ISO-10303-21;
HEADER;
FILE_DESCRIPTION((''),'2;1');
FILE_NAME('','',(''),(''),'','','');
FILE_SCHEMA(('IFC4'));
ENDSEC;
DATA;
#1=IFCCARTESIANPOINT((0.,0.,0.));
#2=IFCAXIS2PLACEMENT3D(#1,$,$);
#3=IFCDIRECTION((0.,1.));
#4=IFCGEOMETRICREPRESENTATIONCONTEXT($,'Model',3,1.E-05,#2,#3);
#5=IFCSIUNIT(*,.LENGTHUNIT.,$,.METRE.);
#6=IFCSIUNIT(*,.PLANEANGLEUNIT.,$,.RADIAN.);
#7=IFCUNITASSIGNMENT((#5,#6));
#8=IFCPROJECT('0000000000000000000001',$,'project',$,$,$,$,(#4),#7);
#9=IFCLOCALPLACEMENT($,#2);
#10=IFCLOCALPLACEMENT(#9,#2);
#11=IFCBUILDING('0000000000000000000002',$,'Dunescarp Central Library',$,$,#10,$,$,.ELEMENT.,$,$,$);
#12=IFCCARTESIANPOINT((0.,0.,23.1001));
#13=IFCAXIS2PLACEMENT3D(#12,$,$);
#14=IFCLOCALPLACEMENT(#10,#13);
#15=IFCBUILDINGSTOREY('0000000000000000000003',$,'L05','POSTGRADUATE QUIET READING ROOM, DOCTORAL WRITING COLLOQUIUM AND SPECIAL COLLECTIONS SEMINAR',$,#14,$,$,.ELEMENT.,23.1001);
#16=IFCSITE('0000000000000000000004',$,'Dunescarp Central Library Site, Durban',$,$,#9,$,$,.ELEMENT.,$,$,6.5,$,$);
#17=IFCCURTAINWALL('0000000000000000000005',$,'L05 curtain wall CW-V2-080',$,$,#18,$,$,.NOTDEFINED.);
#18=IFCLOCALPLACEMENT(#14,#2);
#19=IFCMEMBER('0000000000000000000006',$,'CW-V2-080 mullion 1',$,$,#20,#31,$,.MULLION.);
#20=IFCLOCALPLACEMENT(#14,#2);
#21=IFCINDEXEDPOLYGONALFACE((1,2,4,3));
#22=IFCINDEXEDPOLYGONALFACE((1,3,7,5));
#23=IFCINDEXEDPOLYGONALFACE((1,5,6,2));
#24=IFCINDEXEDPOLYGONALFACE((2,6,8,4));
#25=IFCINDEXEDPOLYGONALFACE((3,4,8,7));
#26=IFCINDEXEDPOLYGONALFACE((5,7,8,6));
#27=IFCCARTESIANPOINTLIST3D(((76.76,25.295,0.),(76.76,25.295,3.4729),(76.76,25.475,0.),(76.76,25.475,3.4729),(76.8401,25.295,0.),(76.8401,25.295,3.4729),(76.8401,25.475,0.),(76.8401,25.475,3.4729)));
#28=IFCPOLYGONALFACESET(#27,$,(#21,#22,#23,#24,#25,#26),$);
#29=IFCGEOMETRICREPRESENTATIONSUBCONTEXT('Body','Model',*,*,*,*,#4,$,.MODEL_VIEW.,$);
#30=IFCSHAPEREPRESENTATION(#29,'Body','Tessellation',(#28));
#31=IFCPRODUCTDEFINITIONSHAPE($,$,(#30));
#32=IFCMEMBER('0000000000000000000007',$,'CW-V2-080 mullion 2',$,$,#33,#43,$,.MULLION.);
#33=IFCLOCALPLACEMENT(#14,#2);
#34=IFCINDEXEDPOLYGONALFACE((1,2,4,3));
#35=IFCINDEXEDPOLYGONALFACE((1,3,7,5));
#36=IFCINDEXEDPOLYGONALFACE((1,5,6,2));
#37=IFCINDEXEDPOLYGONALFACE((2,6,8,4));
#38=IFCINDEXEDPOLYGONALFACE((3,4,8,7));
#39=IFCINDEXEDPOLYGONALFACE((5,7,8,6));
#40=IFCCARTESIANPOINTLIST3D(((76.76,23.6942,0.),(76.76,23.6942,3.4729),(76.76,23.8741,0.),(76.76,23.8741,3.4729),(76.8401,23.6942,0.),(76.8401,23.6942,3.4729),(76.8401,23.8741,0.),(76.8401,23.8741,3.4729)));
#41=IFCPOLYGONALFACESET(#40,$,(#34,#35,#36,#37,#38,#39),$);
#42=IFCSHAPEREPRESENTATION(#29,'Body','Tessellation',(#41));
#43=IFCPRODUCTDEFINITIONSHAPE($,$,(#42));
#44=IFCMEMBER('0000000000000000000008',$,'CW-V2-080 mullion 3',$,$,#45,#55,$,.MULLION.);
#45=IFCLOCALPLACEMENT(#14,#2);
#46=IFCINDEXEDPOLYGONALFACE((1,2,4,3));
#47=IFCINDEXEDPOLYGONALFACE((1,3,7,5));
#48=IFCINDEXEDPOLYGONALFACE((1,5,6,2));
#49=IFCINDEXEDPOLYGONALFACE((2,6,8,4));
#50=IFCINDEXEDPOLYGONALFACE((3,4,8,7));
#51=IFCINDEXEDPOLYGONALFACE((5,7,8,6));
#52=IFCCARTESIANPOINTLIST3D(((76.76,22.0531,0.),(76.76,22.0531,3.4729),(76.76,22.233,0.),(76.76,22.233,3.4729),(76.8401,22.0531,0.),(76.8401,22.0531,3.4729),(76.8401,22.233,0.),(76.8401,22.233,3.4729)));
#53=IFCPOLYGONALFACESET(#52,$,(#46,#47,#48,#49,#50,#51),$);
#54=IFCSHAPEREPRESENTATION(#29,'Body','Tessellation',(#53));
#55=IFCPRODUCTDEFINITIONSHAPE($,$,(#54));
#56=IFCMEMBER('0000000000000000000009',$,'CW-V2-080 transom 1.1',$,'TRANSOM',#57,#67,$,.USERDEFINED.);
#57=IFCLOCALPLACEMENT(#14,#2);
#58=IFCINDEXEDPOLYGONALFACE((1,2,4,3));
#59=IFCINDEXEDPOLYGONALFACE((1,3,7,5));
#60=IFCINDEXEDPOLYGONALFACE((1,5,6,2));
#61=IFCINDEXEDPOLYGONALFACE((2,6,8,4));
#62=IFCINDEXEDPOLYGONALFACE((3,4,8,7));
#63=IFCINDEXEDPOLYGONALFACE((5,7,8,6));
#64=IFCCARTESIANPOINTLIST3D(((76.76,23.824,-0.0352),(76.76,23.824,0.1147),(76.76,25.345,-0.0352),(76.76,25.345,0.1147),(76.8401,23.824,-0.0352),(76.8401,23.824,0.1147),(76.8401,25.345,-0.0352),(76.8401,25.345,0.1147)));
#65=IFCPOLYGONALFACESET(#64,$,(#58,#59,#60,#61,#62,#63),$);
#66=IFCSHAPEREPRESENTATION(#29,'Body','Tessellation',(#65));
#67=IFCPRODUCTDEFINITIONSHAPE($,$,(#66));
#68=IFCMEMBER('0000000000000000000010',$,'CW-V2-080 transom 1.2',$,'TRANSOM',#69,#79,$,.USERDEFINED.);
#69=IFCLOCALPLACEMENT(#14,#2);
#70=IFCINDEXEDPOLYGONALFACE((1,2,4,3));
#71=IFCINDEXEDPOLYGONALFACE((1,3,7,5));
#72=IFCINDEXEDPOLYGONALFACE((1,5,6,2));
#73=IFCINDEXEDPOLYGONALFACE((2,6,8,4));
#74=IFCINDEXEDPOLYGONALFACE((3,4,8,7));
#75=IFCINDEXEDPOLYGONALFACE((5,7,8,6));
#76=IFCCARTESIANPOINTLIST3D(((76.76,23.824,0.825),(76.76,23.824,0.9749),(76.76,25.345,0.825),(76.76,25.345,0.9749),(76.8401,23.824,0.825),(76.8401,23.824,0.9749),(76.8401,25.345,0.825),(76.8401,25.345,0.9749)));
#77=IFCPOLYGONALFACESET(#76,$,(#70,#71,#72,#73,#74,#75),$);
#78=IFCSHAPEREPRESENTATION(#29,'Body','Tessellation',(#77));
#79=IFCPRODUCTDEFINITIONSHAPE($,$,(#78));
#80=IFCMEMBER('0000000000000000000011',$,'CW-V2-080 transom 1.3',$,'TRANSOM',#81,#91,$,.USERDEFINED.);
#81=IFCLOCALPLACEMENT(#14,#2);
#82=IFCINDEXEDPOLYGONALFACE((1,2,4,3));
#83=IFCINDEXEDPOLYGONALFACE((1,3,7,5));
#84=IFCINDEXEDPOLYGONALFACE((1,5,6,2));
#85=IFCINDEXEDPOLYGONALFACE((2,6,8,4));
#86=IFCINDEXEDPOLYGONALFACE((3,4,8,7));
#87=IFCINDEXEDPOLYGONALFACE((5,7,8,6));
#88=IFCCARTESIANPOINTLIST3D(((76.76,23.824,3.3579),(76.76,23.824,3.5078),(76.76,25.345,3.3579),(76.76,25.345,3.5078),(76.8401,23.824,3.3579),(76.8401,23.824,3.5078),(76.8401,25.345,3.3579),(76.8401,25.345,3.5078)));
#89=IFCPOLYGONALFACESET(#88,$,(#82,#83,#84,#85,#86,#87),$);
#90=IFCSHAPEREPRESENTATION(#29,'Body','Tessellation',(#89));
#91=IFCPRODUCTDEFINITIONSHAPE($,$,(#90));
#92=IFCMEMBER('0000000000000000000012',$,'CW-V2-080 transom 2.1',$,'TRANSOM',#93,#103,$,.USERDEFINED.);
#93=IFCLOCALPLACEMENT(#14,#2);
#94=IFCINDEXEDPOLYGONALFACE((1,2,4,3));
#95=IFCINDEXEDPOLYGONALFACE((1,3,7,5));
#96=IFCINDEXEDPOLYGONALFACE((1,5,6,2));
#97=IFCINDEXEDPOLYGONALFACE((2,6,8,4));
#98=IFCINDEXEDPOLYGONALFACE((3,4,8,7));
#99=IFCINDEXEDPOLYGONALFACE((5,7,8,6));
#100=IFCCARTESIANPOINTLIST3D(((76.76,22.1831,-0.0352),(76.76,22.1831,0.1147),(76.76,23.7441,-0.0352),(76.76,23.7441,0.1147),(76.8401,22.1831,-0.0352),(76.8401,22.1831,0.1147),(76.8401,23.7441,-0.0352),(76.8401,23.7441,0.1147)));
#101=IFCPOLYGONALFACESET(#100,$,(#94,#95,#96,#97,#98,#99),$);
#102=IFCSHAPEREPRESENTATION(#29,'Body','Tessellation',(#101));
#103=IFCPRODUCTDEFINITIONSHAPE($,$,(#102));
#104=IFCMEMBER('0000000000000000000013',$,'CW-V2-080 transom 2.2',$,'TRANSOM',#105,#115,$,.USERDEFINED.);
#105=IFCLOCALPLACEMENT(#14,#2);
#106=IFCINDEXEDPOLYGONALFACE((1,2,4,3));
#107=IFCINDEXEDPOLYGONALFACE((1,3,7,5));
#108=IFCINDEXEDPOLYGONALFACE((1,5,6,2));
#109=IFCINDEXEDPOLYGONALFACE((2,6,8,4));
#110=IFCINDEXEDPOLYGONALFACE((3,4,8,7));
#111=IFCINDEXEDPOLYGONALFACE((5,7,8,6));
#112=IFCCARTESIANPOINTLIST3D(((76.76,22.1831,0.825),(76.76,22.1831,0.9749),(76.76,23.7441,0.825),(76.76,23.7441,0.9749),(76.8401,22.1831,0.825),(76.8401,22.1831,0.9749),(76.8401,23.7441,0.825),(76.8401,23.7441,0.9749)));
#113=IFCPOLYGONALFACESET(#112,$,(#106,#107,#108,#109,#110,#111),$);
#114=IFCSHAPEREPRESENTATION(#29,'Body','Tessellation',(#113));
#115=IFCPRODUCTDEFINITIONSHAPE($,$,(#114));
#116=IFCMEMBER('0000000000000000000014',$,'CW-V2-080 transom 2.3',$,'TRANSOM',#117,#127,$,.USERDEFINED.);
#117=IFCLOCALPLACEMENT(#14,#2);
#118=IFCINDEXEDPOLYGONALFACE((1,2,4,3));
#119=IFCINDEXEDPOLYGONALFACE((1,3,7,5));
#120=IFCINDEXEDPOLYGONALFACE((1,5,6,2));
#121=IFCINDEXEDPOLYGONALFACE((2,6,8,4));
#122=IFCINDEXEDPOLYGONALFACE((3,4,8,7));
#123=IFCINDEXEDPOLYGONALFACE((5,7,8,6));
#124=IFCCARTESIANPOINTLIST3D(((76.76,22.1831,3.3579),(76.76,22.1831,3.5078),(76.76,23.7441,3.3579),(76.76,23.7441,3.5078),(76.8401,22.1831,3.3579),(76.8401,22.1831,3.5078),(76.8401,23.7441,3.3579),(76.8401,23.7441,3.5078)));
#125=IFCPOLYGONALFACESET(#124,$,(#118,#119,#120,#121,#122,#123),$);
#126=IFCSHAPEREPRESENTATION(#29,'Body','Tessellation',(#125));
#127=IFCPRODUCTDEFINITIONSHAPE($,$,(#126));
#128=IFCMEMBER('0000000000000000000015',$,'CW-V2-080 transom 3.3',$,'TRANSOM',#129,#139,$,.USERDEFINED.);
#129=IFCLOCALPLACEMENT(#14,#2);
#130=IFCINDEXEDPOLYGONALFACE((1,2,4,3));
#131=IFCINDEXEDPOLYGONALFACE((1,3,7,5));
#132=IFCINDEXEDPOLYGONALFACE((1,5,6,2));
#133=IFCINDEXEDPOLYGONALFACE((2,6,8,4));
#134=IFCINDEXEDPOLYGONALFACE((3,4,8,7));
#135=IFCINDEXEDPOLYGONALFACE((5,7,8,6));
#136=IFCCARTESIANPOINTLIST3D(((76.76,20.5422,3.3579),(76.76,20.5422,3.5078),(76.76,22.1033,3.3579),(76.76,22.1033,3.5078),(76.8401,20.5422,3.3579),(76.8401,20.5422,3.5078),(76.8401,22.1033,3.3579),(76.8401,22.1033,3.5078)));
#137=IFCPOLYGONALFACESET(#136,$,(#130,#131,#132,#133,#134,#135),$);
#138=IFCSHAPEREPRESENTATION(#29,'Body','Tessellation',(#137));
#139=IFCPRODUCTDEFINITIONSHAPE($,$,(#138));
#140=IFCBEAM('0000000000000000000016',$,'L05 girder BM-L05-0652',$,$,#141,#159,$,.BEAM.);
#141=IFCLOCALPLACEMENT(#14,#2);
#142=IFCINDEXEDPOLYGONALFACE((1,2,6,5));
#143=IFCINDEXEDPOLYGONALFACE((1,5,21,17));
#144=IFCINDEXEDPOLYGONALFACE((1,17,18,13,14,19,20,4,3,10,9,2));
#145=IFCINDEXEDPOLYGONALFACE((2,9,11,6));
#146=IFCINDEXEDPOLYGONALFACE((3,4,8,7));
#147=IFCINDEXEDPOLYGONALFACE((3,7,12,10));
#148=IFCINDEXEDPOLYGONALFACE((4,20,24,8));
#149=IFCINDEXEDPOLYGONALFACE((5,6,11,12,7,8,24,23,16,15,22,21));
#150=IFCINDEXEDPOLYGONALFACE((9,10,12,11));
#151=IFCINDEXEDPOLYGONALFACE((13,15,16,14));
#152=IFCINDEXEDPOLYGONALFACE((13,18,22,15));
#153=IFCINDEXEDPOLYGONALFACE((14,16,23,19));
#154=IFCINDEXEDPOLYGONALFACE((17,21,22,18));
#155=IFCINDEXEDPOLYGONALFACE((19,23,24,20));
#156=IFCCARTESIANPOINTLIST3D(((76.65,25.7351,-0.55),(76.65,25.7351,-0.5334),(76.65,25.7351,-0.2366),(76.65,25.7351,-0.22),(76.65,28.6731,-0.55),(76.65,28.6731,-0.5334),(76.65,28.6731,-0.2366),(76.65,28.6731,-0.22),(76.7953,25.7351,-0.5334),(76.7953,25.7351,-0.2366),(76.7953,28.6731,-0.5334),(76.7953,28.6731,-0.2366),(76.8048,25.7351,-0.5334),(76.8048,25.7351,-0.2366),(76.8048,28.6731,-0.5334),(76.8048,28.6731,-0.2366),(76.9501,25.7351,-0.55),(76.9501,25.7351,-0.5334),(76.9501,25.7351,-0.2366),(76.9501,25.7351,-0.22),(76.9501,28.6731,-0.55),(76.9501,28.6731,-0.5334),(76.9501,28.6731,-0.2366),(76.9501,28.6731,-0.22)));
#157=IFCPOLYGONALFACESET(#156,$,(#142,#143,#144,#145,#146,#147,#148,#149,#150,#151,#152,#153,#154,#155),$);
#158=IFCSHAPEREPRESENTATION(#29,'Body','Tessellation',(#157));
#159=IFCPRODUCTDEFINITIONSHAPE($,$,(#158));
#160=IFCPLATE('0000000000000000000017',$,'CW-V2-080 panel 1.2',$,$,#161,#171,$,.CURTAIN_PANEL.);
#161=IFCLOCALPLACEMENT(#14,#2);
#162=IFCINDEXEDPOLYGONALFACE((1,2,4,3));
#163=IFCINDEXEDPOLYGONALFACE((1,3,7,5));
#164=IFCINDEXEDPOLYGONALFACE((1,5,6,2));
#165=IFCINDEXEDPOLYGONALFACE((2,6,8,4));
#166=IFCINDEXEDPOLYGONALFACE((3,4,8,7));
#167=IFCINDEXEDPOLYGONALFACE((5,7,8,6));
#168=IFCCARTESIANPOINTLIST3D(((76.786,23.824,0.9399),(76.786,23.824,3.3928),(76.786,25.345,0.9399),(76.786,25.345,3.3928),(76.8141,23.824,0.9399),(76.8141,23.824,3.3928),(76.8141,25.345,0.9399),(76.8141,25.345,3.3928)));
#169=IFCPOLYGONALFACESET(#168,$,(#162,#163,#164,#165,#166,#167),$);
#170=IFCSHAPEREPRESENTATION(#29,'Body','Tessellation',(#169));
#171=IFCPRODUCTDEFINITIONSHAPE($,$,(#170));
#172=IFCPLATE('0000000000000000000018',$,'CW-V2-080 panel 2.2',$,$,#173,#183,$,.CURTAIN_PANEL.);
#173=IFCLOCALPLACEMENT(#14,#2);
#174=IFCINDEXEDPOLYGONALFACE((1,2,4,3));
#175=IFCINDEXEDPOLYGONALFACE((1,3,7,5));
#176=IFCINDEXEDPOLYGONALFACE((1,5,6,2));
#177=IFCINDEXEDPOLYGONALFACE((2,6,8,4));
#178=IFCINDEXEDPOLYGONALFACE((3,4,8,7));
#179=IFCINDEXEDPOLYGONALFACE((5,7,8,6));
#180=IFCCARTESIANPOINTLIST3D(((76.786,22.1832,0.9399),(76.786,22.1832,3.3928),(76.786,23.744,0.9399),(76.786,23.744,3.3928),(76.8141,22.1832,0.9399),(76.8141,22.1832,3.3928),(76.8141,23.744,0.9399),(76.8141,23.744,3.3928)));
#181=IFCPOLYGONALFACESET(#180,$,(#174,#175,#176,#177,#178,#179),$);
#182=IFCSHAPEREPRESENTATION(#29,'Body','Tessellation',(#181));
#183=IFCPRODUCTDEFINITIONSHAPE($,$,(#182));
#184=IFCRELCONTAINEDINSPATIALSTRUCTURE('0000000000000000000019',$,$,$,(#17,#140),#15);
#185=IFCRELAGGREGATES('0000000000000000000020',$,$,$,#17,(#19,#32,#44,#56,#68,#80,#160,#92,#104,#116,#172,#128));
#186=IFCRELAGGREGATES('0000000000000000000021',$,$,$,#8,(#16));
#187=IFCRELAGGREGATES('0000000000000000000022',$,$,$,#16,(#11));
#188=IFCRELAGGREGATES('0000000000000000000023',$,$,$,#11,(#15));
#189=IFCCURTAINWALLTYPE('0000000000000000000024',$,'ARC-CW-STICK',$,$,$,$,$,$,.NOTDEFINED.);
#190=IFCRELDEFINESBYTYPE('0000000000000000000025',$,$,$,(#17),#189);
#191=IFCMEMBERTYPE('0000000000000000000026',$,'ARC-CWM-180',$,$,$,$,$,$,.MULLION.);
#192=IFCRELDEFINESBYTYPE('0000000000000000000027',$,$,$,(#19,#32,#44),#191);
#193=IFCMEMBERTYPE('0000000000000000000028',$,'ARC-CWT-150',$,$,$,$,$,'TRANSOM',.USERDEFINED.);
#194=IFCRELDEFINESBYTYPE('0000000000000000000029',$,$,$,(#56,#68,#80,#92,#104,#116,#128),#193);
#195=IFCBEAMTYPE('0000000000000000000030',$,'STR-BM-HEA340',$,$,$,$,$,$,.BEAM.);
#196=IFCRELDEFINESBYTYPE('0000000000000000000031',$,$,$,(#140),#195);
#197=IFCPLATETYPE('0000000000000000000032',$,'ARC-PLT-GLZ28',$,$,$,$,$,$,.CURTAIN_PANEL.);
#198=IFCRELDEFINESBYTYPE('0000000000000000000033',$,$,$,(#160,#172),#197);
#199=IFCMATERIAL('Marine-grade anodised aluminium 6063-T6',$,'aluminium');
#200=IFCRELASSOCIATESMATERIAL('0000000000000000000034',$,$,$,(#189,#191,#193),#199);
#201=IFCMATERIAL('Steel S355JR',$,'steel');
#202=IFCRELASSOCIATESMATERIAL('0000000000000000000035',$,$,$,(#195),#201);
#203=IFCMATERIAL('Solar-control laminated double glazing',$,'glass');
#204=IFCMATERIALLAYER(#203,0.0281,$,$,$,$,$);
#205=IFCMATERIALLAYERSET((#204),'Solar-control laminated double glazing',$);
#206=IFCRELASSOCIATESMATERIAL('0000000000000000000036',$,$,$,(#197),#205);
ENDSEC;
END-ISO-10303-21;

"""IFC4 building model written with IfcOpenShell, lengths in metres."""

from ifc_helpers import new_model, si_unit, direction, frame, origin, origin_2d, place, context, subcontext, project, spatial, rectangle, i_section, extrude, material, layer, layer_set, material_profile, profile_set, type_object, element, aggregate, save


model = new_model("IFC4")

# Units and contexts
model_context = context("Model", 3, precision=1e-05, world=origin(), true_north=direction((0.0, 1.0)))
body_context = subcontext(model_context, "Body", "Model", "MODEL_VIEW")
ifc_project = project(units=[si_unit("LENGTHUNIT", "METRE"), si_unit("PLANEANGLEUNIT", "RADIAN")], contexts=[model_context])

# Site, building, storey
site_placement = place(None, origin())
site = spatial("IfcSite", under=ifc_project, at=site_placement, Name="Dunescarp Central Library Site, Durban", CompositionType="ELEMENT", RefElevation=6.5)
building_placement = place(site_placement, origin())
building = spatial("IfcBuilding", under=site, at=building_placement, Name="Dunescarp Central Library", CompositionType="ELEMENT")
storey_placement = place(building_placement, frame((0.0, 0.0, 23.1001)))
storey = spatial("IfcBuildingStorey", under=building, at=storey_placement, Name="L05", Description="POSTGRADUATE QUIET READING ROOM, DOCTORAL WRITING COLLOQUIUM AND SPECIAL COLLECTIONS SEMINAR", CompositionType="ELEMENT", Elevation=23.1001)

# Curtain wall, members
ifc_material_1 = material(Name="Marine-grade anodised aluminium 6063-T6", Category="aluminium")
curtain_wall_type = type_object("IfcCurtainWallType", Name="ARC-CW-STICK", PredefinedType="NOTDEFINED", material=ifc_material_1)
curtain_wall_placement = place(storey_placement, origin())
curtain_wall = element("IfcCurtainWall", 1, at=curtain_wall_placement, inside=storey, type_object=curtain_wall_type, Name="L05 curtain wall CW-V2-080", PredefinedType="NOTDEFINED")
ifc_material_profile_1 = material_profile(ifc_material_1, rectangle(XDim=0.0801, YDim=0.1799, at=origin_2d()), Name="AL 80x180")
ifc_profile_set_1 = profile_set([ifc_material_profile_1], Name="Marine-grade anodised aluminium 6063-T6")
member_type_1 = type_object("IfcMemberType", Name="ARC-CWM-180", PredefinedType="MULLION", material=ifc_profile_set_1)
member_1_placement = place(storey_placement, frame((76.8, 25.385, 0.0), z_axis=(0.0, 0.0, 1.0), x_axis=(1.0, 0.0, 0.0)))
member_1 = element("IfcMember", 2, at=member_1_placement, type_object=member_type_1, Name="CW-V2-080 mullion 1", PredefinedType="MULLION", context=body_context, shape_type="SweptSolid", body=[
    extrude(rectangle(XDim=0.0801, YDim=0.1799, at=origin_2d()), origin(), (0.0, 0.0, 1.0), 3.4729),
])
member_2_placement = place(storey_placement, frame((76.8, 23.7842, 0.0), z_axis=(0.0, 0.0, 1.0), x_axis=(1.0, 0.0, 0.0)))
member_2 = element("IfcMember", 3, at=member_2_placement, type_object=member_type_1, Name="CW-V2-080 mullion 2", PredefinedType="MULLION", context=body_context, shape_type="SweptSolid", body=[
    extrude(rectangle(XDim=0.0801, YDim=0.1799, at=origin_2d()), origin(), (0.0, 0.0, 1.0), 3.4729),
])
member_3_placement = place(storey_placement, frame((76.8, 22.1431, 0.0), z_axis=(0.0, 0.0, 1.0), x_axis=(1.0, 0.0, 0.0)))
member_3 = element("IfcMember", 4, at=member_3_placement, type_object=member_type_1, Name="CW-V2-080 mullion 3", PredefinedType="MULLION", context=body_context, shape_type="SweptSolid", body=[
    extrude(rectangle(XDim=0.0801, YDim=0.1799, at=origin_2d()), origin(), (0.0, 0.0, 1.0), 3.4729),
])
ifc_material_profile_2 = material_profile(ifc_material_1, rectangle(XDim=0.0801, YDim=0.1499, at=origin_2d()), Name="AL 80x150")
ifc_profile_set_2 = profile_set([ifc_material_profile_2], Name="Marine-grade anodised aluminium 6063-T6")
member_type_2 = type_object("IfcMemberType", Name="ARC-CWT-150", ElementType="TRANSOM", PredefinedType="USERDEFINED", material=ifc_profile_set_2)
member_4_placement = place(storey_placement, frame((76.8, 25.345, 0.0398), z_axis=(0.0, -1.0, 0.0), x_axis=(1.0, 0.0, 0.0)))
member_4 = element("IfcMember", 5, at=member_4_placement, type_object=member_type_2, Name="CW-V2-080 transom 1.1", ObjectType="TRANSOM", PredefinedType="USERDEFINED", context=body_context, shape_type="SweptSolid", body=[
    extrude(rectangle(XDim=0.0801, YDim=0.1499, at=origin_2d()), origin(), (0.0, 0.0, 1.0), 1.521),
])
member_5_placement = place(storey_placement, frame((76.8, 25.345, 0.8999), z_axis=(0.0, -1.0, 0.0), x_axis=(1.0, 0.0, 0.0)))
member_5 = element("IfcMember", 6, at=member_5_placement, type_object=member_type_2, Name="CW-V2-080 transom 1.2", ObjectType="TRANSOM", PredefinedType="USERDEFINED", context=body_context, shape_type="SweptSolid", body=[
    extrude(rectangle(XDim=0.0801, YDim=0.1499, at=origin_2d()), origin(), (0.0, 0.0, 1.0), 1.521),
])
member_6_placement = place(storey_placement, frame((76.8, 25.345, 3.4329), z_axis=(0.0, -1.0, 0.0), x_axis=(1.0, 0.0, 0.0)))
member_6 = element("IfcMember", 7, at=member_6_placement, type_object=member_type_2, Name="CW-V2-080 transom 1.3", ObjectType="TRANSOM", PredefinedType="USERDEFINED", context=body_context, shape_type="SweptSolid", body=[
    extrude(rectangle(XDim=0.0801, YDim=0.1499, at=origin_2d()), origin(), (0.0, 0.0, 1.0), 1.521),
])
member_7_placement = place(storey_placement, frame((76.8, 23.7441, 0.0398), z_axis=(0.0, -1.0, 0.0), x_axis=(1.0, 0.0, 0.0)))
member_7 = element("IfcMember", 8, at=member_7_placement, type_object=member_type_2, Name="CW-V2-080 transom 2.1", ObjectType="TRANSOM", PredefinedType="USERDEFINED", context=body_context, shape_type="SweptSolid", body=[
    extrude(rectangle(XDim=0.0801, YDim=0.1499, at=origin_2d()), origin(), (0.0, 0.0, 1.0), 1.561),
])
member_8_placement = place(storey_placement, frame((76.8, 23.7441, 0.8999), z_axis=(0.0, -1.0, 0.0), x_axis=(1.0, 0.0, 0.0)))
member_8 = element("IfcMember", 9, at=member_8_placement, type_object=member_type_2, Name="CW-V2-080 transom 2.2", ObjectType="TRANSOM", PredefinedType="USERDEFINED", context=body_context, shape_type="SweptSolid", body=[
    extrude(rectangle(XDim=0.0801, YDim=0.1499, at=origin_2d()), origin(), (0.0, 0.0, 1.0), 1.561),
])
member_9_placement = place(storey_placement, frame((76.8, 23.7441, 3.4329), z_axis=(0.0, -1.0, 0.0), x_axis=(1.0, 0.0, 0.0)))
member_9 = element("IfcMember", 10, at=member_9_placement, type_object=member_type_2, Name="CW-V2-080 transom 2.3", ObjectType="TRANSOM", PredefinedType="USERDEFINED", context=body_context, shape_type="SweptSolid", body=[
    extrude(rectangle(XDim=0.0801, YDim=0.1499, at=origin_2d()), origin(), (0.0, 0.0, 1.0), 1.561),
])
member_10_placement = place(storey_placement, frame((76.8, 22.1033, 3.4329), z_axis=(0.0, -1.0, 0.0), x_axis=(1.0, 0.0, 0.0)))
member_10 = element("IfcMember", 11, at=member_10_placement, type_object=member_type_2, Name="CW-V2-080 transom 3.3", ObjectType="TRANSOM", PredefinedType="USERDEFINED", context=body_context, shape_type="SweptSolid", body=[
    extrude(rectangle(XDim=0.0801, YDim=0.1499, at=origin_2d()), origin(), (0.0, 0.0, 1.0), 1.561),
])

# Beam
ifc_material_2 = material(Name="Steel S355JR", Category="steel")
ifc_material_profile_3 = material_profile(ifc_material_2, i_section(OverallWidth=0.3, OverallDepth=0.3301, WebThickness=0.0095, FlangeThickness=0.0166, at=origin_2d()), Name="HEA 340")
ifc_profile_set_3 = profile_set([ifc_material_profile_3], Name="Steel S355JR")
beam_type = type_object("IfcBeamType", Name="STR-BM-HEA340", PredefinedType="BEAM", material=ifc_profile_set_3)
beam_placement = place(storey_placement, frame((76.8, 25.7351, -0.385), z_axis=(0.0, 1.0, 0.0), x_axis=(-1.0, 0.0, 0.0)))
element("IfcBeam", 12, at=beam_placement, inside=storey, type_object=beam_type, Name="L05 girder BM-L05-0652", PredefinedType="BEAM", context=body_context, shape_type="SweptSolid", body=[
    extrude(i_section(OverallWidth=0.3, OverallDepth=0.3301, WebThickness=0.0095, FlangeThickness=0.0166, at=origin_2d()), origin(), (0.0, 0.0, 1.0), 2.938),
])

# Plates
ifc_material_3 = material(Name="Solar-control laminated double glazing", Category="glass")
ifc_layer_1 = layer(ifc_material_3, 0.0281)
ifc_layer_set_1 = layer_set([ifc_layer_1], Name="Solar-control laminated double glazing")
plate_type_1 = type_object("IfcPlateType", Name="ARC-PLT-GLZ28", PredefinedType="CURTAIN_PANEL", material=ifc_layer_set_1)
plate_1_placement = place(storey_placement, frame((76.8, 24.5845, 0.9399), z_axis=(0.0, 0.0, 1.0), x_axis=(0.0, -1.0, 0.0)))
plate_1 = element("IfcPlate", 13, at=plate_1_placement, type_object=plate_type_1, Name="CW-V2-080 panel 1.2", PredefinedType="CURTAIN_PANEL", context=body_context, shape_type="SweptSolid", body=[
    extrude(rectangle(XDim=1.521, YDim=0.0281, at=origin_2d()), origin(), (0.0, 0.0, 1.0), 2.4529),
])
plate_2_placement = place(storey_placement, frame((76.8, 22.9636, 0.9399), z_axis=(0.0, 0.0, 1.0), x_axis=(0.0, -1.0, 0.0)))
plate_2 = element("IfcPlate", 14, at=plate_2_placement, type_object=plate_type_1, Name="CW-V2-080 panel 2.2", PredefinedType="CURTAIN_PANEL", context=body_context, shape_type="SweptSolid", body=[
    extrude(rectangle(XDim=1.5608, YDim=0.0281, at=origin_2d()), origin(), (0.0, 0.0, 1.0), 2.4529),
])
aggregate(curtain_wall, [member_1, member_2, member_3, member_4, member_5, member_6, plate_1, member_7, member_8, member_9, plate_2, member_10])

save(model, "model.ifc")
